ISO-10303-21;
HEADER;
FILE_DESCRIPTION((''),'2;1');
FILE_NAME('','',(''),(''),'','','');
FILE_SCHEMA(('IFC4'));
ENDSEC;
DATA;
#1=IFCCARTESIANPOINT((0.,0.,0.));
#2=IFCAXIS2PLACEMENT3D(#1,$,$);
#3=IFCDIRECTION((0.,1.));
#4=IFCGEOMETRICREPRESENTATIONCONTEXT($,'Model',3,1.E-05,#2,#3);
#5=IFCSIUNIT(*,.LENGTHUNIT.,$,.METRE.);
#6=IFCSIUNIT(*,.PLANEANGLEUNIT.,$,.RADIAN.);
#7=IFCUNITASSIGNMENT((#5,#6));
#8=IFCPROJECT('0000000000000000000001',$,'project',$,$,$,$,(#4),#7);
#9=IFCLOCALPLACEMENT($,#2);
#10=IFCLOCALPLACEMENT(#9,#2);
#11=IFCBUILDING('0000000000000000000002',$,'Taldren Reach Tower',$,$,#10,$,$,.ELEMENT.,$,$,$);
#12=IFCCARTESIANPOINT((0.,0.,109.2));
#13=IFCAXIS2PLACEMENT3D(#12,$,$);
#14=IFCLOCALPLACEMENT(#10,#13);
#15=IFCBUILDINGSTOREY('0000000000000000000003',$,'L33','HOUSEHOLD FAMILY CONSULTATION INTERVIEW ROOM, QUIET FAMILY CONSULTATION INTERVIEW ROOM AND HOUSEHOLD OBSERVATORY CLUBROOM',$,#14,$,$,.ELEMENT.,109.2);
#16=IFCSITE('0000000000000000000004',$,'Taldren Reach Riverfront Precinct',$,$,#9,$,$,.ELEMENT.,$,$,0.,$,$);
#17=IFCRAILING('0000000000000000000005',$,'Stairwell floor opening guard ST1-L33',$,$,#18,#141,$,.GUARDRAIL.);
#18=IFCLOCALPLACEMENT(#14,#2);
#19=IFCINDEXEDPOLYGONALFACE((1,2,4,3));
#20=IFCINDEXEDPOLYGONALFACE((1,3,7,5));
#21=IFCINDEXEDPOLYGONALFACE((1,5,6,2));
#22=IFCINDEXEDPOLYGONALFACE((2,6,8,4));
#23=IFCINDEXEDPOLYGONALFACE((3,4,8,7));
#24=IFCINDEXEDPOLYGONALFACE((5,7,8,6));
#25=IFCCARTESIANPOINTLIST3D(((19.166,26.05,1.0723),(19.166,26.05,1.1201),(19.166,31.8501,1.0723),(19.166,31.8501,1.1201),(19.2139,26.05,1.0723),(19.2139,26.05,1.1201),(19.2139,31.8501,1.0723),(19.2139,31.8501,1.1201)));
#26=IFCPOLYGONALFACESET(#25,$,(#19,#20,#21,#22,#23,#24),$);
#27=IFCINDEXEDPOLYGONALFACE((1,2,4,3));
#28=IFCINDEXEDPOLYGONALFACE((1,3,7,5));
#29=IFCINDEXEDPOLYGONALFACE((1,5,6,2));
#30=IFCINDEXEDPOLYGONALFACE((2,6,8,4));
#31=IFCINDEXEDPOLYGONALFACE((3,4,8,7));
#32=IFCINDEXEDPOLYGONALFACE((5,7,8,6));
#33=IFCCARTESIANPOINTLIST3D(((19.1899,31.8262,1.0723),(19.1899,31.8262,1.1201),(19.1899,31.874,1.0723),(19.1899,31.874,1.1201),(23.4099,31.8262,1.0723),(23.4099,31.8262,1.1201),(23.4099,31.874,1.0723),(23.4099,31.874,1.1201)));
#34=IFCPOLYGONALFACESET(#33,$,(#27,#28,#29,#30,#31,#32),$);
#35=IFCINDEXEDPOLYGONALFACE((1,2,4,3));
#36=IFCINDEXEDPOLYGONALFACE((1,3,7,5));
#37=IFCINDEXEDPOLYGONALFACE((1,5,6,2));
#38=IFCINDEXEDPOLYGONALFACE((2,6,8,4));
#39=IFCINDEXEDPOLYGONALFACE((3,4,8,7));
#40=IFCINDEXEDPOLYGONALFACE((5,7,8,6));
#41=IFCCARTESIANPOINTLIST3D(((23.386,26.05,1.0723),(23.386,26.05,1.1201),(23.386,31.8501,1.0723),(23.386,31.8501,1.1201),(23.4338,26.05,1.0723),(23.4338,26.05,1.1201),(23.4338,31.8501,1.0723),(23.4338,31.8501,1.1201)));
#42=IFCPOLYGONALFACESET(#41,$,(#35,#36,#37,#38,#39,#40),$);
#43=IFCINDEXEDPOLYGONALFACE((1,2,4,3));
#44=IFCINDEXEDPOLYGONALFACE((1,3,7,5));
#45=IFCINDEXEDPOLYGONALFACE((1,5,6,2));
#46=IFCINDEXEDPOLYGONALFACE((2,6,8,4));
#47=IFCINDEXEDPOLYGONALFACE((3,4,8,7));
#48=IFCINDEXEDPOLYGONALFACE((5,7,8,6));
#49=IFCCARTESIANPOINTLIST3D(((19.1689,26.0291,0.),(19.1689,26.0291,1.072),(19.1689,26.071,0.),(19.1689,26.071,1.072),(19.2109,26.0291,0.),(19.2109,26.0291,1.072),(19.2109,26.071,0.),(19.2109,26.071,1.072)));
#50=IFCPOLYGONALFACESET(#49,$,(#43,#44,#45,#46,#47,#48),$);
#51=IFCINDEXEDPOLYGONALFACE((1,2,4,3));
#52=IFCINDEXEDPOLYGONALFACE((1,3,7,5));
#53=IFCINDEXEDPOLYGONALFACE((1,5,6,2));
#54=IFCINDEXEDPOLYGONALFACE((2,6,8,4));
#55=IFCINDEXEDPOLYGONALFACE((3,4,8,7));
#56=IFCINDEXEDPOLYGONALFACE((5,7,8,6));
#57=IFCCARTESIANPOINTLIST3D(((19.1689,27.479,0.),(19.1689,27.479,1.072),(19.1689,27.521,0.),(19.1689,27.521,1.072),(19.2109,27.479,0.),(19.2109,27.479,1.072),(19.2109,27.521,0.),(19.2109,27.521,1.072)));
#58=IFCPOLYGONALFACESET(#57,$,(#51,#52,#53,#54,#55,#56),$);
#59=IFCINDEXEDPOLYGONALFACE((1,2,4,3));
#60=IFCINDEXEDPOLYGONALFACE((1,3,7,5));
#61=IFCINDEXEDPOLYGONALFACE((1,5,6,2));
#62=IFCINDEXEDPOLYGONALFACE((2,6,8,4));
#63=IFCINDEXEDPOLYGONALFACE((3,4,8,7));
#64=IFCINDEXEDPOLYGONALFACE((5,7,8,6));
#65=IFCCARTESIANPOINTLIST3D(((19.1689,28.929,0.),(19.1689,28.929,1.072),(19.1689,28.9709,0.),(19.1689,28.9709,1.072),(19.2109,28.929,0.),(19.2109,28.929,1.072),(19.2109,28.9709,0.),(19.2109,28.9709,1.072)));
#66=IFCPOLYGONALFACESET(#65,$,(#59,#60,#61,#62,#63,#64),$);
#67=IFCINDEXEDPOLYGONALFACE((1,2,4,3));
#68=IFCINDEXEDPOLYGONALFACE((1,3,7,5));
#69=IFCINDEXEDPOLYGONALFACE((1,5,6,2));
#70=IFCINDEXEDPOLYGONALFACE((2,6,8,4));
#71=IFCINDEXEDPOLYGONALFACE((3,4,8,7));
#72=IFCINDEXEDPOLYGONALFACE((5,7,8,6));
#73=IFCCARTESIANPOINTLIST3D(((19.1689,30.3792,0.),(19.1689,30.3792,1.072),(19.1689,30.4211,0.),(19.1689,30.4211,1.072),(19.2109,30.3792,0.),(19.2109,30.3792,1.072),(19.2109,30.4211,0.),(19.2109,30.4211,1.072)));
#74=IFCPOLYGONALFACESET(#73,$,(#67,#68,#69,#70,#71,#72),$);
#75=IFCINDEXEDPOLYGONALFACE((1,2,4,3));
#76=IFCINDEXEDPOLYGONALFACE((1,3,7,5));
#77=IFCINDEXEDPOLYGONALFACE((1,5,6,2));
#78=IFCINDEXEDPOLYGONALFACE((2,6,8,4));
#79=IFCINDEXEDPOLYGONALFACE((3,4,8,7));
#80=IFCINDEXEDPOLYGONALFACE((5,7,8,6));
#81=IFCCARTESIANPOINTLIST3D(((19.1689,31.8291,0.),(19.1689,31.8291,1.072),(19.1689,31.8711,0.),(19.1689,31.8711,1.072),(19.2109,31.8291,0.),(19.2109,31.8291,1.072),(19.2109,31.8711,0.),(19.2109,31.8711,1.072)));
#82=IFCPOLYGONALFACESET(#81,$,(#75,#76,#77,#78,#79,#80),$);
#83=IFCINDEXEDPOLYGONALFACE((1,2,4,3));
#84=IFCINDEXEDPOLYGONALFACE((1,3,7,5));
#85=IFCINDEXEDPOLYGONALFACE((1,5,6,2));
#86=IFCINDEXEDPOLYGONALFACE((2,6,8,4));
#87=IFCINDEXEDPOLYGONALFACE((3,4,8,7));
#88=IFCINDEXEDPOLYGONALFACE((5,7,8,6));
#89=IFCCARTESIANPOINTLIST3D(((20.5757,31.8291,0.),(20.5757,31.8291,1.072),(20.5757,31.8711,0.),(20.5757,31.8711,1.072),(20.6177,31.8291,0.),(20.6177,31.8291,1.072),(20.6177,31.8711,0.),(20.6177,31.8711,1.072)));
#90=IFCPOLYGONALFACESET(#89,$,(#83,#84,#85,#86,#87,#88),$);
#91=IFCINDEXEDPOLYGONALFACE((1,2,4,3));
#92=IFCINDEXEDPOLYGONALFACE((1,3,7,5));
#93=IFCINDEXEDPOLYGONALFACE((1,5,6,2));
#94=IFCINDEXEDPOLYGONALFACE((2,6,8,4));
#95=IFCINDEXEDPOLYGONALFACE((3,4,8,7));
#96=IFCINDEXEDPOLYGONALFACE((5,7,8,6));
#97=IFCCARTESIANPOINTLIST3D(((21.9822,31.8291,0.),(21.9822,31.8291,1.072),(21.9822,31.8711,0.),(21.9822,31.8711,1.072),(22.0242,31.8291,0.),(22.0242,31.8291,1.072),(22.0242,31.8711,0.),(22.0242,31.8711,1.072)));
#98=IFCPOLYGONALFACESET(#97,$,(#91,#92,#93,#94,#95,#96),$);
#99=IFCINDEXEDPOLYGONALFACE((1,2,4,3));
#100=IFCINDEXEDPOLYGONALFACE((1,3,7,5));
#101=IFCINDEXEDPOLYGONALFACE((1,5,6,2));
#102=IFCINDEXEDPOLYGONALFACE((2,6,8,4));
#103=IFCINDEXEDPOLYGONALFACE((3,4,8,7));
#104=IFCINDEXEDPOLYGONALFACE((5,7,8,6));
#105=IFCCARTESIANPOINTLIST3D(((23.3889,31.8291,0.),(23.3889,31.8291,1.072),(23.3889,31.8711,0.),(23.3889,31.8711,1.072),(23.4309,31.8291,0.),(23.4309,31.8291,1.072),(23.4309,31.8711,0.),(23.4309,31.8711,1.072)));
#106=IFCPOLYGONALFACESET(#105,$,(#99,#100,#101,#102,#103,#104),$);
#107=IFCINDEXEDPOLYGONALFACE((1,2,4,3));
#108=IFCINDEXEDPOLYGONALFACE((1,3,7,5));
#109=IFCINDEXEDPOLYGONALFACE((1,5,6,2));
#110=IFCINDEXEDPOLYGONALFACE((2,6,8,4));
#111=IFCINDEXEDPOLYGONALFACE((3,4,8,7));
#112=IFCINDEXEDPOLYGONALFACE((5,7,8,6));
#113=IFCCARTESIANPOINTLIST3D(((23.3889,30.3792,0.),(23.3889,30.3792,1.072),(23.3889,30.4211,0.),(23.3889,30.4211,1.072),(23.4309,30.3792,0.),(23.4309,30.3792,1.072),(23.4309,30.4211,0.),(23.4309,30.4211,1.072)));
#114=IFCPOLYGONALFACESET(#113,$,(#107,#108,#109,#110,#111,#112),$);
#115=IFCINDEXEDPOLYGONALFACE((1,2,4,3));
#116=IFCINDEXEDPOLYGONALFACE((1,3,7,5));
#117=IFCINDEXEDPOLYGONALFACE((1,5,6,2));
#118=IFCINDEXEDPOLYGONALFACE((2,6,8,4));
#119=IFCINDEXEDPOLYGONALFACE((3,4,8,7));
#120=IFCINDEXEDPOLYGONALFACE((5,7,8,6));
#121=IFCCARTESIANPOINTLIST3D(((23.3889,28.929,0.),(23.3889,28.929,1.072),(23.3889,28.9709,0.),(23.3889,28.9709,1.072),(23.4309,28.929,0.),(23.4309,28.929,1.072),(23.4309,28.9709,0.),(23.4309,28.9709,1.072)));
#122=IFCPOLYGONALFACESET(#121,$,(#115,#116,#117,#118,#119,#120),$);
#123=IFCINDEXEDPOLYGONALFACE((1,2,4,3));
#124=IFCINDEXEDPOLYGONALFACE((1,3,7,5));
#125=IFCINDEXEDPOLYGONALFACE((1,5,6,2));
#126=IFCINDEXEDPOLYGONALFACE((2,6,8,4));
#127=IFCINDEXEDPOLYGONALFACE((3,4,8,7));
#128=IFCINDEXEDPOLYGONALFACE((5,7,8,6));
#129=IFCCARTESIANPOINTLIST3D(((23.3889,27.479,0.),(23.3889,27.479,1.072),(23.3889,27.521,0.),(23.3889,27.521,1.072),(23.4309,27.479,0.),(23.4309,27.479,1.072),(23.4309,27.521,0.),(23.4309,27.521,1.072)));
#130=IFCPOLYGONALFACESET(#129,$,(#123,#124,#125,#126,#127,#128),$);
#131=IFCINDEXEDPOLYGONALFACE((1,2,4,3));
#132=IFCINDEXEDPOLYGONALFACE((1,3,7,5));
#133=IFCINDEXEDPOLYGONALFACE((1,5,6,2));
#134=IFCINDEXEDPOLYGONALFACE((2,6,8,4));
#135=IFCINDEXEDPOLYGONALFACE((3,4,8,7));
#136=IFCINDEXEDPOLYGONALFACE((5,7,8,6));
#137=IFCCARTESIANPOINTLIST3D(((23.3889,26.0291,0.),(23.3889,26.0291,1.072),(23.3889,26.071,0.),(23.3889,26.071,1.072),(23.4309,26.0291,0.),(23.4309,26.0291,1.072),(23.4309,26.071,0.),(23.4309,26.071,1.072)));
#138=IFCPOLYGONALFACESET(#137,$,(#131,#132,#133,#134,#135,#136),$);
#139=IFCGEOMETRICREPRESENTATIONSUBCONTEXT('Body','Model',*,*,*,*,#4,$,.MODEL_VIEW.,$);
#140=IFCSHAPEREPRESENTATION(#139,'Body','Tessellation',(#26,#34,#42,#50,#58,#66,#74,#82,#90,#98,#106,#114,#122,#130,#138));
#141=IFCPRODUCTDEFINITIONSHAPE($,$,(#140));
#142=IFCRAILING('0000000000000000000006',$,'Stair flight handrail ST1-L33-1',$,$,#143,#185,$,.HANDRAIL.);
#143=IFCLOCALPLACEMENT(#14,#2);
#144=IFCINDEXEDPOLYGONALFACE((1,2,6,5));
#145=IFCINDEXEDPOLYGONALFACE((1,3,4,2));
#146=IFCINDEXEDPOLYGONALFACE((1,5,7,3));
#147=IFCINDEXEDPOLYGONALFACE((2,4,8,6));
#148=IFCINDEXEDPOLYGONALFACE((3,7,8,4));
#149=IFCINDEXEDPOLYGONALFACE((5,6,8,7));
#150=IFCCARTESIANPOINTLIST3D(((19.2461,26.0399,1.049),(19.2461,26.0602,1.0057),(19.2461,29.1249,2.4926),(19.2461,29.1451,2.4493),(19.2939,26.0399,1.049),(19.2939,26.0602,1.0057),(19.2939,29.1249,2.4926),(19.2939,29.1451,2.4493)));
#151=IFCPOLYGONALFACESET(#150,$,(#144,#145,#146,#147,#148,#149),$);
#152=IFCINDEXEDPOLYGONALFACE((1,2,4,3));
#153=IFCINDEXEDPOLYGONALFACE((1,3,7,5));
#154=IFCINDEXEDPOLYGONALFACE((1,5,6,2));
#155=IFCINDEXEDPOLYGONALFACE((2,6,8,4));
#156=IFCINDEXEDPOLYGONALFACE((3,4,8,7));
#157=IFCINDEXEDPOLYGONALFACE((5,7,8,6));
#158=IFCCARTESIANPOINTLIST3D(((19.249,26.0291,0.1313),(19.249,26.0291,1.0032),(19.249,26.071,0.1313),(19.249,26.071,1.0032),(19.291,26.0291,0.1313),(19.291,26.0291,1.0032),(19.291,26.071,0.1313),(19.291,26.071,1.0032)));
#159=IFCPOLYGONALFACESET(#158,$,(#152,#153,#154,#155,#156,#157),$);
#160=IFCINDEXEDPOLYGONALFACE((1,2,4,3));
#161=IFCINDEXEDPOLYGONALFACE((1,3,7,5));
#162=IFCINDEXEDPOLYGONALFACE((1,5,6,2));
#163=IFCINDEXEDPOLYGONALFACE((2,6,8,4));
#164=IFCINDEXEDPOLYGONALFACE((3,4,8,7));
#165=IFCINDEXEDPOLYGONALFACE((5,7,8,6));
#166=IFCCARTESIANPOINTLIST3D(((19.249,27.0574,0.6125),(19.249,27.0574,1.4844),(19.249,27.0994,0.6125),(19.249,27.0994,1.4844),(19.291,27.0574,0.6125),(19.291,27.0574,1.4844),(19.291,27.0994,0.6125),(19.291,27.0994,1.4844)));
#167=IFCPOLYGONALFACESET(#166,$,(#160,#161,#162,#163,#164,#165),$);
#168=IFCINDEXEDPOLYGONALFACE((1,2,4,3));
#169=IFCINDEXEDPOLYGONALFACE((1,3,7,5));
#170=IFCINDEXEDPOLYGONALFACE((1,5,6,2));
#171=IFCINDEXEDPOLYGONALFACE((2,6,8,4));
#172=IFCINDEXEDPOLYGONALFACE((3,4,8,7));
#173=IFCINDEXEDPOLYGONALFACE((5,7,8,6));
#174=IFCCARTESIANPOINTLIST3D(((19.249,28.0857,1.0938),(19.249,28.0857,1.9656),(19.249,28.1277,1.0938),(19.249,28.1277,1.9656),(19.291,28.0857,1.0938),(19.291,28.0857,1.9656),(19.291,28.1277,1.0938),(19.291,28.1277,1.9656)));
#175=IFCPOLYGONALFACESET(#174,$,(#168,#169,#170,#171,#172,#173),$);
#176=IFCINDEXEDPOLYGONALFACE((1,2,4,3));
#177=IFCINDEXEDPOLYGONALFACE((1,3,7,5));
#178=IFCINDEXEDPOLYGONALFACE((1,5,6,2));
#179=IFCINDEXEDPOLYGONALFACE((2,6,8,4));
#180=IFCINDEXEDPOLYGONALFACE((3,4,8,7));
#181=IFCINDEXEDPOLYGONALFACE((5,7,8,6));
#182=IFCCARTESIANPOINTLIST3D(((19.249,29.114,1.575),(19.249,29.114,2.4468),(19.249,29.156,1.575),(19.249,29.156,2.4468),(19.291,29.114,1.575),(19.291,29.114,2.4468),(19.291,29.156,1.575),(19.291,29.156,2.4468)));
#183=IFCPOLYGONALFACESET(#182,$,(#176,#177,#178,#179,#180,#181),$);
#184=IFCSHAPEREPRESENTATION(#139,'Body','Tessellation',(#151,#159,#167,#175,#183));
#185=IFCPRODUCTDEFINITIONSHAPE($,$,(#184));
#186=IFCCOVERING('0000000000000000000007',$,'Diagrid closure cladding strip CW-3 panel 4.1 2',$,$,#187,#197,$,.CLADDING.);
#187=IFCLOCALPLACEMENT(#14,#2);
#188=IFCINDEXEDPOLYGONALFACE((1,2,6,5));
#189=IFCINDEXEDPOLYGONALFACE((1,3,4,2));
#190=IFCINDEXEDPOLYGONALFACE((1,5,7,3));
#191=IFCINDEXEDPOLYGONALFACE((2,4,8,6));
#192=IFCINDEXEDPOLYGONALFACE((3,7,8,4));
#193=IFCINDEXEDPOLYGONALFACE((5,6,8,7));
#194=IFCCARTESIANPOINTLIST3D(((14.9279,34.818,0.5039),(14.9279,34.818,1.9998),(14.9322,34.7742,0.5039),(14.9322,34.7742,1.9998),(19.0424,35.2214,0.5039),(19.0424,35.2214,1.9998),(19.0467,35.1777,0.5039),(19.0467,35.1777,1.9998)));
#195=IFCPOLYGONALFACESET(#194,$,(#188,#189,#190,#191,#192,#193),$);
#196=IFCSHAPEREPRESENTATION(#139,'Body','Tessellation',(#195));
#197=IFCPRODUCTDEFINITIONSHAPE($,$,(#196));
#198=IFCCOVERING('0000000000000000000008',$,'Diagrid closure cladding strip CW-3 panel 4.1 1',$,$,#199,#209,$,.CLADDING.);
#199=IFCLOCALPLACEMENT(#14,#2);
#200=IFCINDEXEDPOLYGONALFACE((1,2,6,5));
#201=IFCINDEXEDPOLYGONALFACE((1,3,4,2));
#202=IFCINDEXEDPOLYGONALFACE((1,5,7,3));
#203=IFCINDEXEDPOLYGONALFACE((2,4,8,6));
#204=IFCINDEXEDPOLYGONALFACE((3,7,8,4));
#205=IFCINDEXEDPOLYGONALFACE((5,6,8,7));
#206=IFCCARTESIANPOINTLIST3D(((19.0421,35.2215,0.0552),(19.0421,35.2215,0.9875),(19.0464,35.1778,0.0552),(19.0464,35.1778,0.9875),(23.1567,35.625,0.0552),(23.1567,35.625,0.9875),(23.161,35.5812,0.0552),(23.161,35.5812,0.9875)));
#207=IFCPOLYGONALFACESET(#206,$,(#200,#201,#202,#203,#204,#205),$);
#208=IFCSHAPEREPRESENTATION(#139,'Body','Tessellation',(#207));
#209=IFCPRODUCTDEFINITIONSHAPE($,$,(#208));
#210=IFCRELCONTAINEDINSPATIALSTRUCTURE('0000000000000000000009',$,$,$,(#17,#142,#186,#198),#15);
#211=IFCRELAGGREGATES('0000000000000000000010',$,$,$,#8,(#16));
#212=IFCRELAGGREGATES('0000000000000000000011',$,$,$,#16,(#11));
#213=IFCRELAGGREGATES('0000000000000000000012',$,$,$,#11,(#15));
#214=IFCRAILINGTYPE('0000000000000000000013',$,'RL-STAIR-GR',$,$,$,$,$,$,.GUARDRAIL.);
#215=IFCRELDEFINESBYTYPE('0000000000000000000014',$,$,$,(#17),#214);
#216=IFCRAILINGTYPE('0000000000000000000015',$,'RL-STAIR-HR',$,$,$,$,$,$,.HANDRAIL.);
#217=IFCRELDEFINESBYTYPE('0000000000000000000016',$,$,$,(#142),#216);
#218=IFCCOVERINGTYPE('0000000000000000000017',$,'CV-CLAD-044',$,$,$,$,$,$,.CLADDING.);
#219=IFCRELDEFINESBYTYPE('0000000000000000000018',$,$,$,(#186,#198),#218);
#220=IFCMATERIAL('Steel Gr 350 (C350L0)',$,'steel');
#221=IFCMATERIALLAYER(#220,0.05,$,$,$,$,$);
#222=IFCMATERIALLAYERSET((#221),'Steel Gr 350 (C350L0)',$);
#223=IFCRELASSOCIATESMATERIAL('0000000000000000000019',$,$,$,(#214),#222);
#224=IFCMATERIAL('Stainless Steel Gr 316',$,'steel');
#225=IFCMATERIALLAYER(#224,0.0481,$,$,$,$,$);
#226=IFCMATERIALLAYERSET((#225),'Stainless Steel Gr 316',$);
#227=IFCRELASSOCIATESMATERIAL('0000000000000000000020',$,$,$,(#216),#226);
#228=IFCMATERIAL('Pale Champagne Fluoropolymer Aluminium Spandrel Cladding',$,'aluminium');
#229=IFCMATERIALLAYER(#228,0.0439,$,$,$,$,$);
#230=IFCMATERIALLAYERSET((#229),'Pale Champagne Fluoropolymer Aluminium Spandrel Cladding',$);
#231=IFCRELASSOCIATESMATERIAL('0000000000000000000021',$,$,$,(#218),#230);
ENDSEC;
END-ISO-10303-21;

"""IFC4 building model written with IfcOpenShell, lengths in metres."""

from ifc_helpers import new_model, si_unit, direction, frame, origin, origin_2d, place, context, subcontext, project, spatial, rectangle, extrude, source, transform, mapped, material, layer, layer_set, type_object, element, save


model = new_model("IFC4")

# Units and contexts
model_context = context("Model", 3, precision=1e-05, world=origin(), true_north=direction((0.0, 1.0)))
body_context = subcontext(model_context, "Body", "Model", "MODEL_VIEW")
ifc_project = project(units=[si_unit("LENGTHUNIT", "METRE"), si_unit("PLANEANGLEUNIT", "RADIAN")], contexts=[model_context])

# Site, building, storey
site_placement = place(None, origin())
site = spatial("IfcSite", under=ifc_project, at=site_placement, Name="Taldren Reach Riverfront Precinct", CompositionType="ELEMENT", RefElevation=0.0)
building_placement = place(site_placement, origin())
building = spatial("IfcBuilding", under=site, at=building_placement, Name="Taldren Reach Tower", CompositionType="ELEMENT")
storey_placement = place(building_placement, frame((0.0, 0.0, 109.2)))
storey = spatial("IfcBuildingStorey", under=building, at=storey_placement, Name="L33", Description="HOUSEHOLD FAMILY CONSULTATION INTERVIEW ROOM, QUIET FAMILY CONSULTATION INTERVIEW ROOM AND HOUSEHOLD OBSERVATORY CLUBROOM", CompositionType="ELEMENT", Elevation=109.2)

# Shared definitions
ifc_material_1 = material(Name="Steel Gr 350 (C350L0)", Category="steel")

# Railings
ifc_layer_1 = layer(ifc_material_1, 0.05)
ifc_layer_set_1 = layer_set([ifc_layer_1], Name="Steel Gr 350 (C350L0)")
railing_type_1 = type_object("IfcRailingType", Name="RL-STAIR-GR", PredefinedType="GUARDRAIL", material=ifc_layer_set_1)
railing_1_placement = place(storey_placement, frame((19.1899, 26.05, 0.0)))
element("IfcRailing", 1, at=railing_1_placement, inside=storey, type_object=railing_type_1, Name="Stairwell floor opening guard ST1-L33", PredefinedType="GUARDRAIL", context=body_context, shape_type="SweptSolid", body=[
    extrude(rectangle(XDim=0.0479, YDim=0.0479, at=origin_2d()), frame((0.0, 0.0, 1.0962), z_axis=(0.0, 1.0, 0.0), x_axis=(-1.0, 0.0, 0.0)), (0.0, 0.0, 1.0), 5.8),
    extrude(rectangle(XDim=0.0479, YDim=0.0479, at=origin_2d()), frame((0.0, 5.8, 1.0962), z_axis=(1.0, 0.0, 0.0), x_axis=(0.0, 1.0, 0.0)), (0.0, 0.0, 1.0), 4.22),
    extrude(rectangle(XDim=0.0479, YDim=0.0479, at=origin_2d()), frame((4.22, 5.8, 1.0962), z_axis=(0.0, -1.0, 0.0), x_axis=(1.0, 0.0, 0.0)), (0.0, 0.0, 1.0), 5.8),
    extrude(rectangle(XDim=0.042, YDim=0.042, at=origin_2d()), origin(), (0.0, 0.0, 1.0), 1.072),
    extrude(rectangle(XDim=0.042, YDim=0.042, at=origin_2d()), frame((0.0, 1.45, 0.0)), (0.0, 0.0, 1.0), 1.072),
    extrude(rectangle(XDim=0.042, YDim=0.042, at=origin_2d()), frame((0.0, 2.8999, 0.0)), (0.0, 0.0, 1.0), 1.072),
    extrude(rectangle(XDim=0.042, YDim=0.042, at=origin_2d()), frame((0.0, 4.3501, 0.0)), (0.0, 0.0, 1.0), 1.072),
    extrude(rectangle(XDim=0.042, YDim=0.042, at=origin_2d()), frame((0.0, 5.8, 0.0)), (0.0, 0.0, 1.0), 1.072),
    extrude(rectangle(XDim=0.042, YDim=0.042, at=origin_2d()), frame((1.4067, 5.8, 0.0)), (0.0, 0.0, 1.0), 1.072),
    extrude(rectangle(XDim=0.042, YDim=0.042, at=origin_2d()), frame((2.8132, 5.8, 0.0)), (0.0, 0.0, 1.0), 1.072),
    extrude(rectangle(XDim=0.042, YDim=0.042, at=origin_2d()), frame((4.22, 5.8, 0.0)), (0.0, 0.0, 1.0), 1.072),
    extrude(rectangle(XDim=0.042, YDim=0.042, at=origin_2d()), frame((4.22, 4.3501, 0.0)), (0.0, 0.0, 1.0), 1.072),
    extrude(rectangle(XDim=0.042, YDim=0.042, at=origin_2d()), frame((4.22, 2.8999, 0.0)), (0.0, 0.0, 1.0), 1.072),
    extrude(rectangle(XDim=0.042, YDim=0.042, at=origin_2d()), frame((4.22, 1.45, 0.0)), (0.0, 0.0, 1.0), 1.072),
    extrude(rectangle(XDim=0.042, YDim=0.042, at=origin_2d()), frame((4.22, 0.0, 0.0)), (0.0, 0.0, 1.0), 1.072),
])
ifc_material_2 = material(Name="Stainless Steel Gr 316", Category="steel")
ifc_layer_2 = layer(ifc_material_2, 0.0481)
ifc_layer_set_2 = layer_set([ifc_layer_2], Name="Stainless Steel Gr 316")
railing_type_2 = type_object("IfcRailingType", Name="RL-STAIR-HR", PredefinedType="HANDRAIL", material=ifc_layer_set_2)
railing_2_placement = place(storey_placement, frame((19.27, 26.05, 0.1313)))
element("IfcRailing", 2, at=railing_2_placement, inside=storey, type_object=railing_type_2, Name="Stair flight handrail ST1-L33-1", PredefinedType="HANDRAIL", context=body_context, shape_type="SweptSolid", body=[
    extrude(rectangle(XDim=0.0479, YDim=0.0479, at=origin_2d()), frame((0.0, 0.0, 0.896), z_axis=(0.0, 0.905738, 0.423839), x_axis=(-1.0, 0.0, 0.0)), (0.0, 0.0, 1.0), 3.406),
    extrude(rectangle(XDim=0.042, YDim=0.042, at=origin_2d()), origin(), (0.0, 0.0, 1.0), 0.8718),
    extrude(rectangle(XDim=0.042, YDim=0.042, at=origin_2d()), frame((0.0, 1.0283, 0.4812)), (0.0, 0.0, 1.0), 0.8718),
    extrude(rectangle(XDim=0.042, YDim=0.042, at=origin_2d()), frame((0.0, 2.0566, 0.9624)), (0.0, 0.0, 1.0), 0.8718),
    extrude(rectangle(XDim=0.042, YDim=0.042, at=origin_2d()), frame((0.0, 3.085, 1.4436)), (0.0, 0.0, 1.0), 0.8718),
])

# Coverings
ifc_material_3 = material(Name="Pale Champagne Fluoropolymer Aluminium Spandrel Cladding", Category="aluminium")
ifc_layer_3 = layer(ifc_material_3, 0.0439)
ifc_layer_set_3 = layer_set([ifc_layer_3], Name="Pale Champagne Fluoropolymer Aluminium Spandrel Cladding")
covering_type = type_object("IfcCoveringType", Name="CV-CLAD-044", PredefinedType="CLADDING", material=ifc_layer_set_3)
shared_shape_1 = source(origin(), body_context, "Body", "SweptSolid", [
    extrude(rectangle(XDim=4.1343, YDim=0.0439, at=origin_2d()), origin(), (0.0, 0.0, 1.0), 1.4958),
])
covering_1_placement = place(storey_placement, frame((16.9873, 34.9978, 0.5039), z_axis=(0.0, 0.0, 1.0), x_axis=(-0.995227, -0.097583, 0.0)))
element("IfcCovering", 3, at=covering_1_placement, inside=storey, type_object=covering_type, Name="Diagrid closure cladding strip CW-3 panel 4.1 2", PredefinedType="CLADDING", context=body_context, shape_type="MappedRepresentation", body=[
    mapped(shared_shape_1, transform((0.0, 0.0, 0.0), scale=1.0)),
])
shared_shape_2 = source(origin(), body_context, "Body", "SweptSolid", [
    extrude(rectangle(XDim=4.1343, YDim=0.0439, at=origin_2d()), origin(), (0.0, 0.0, 1.0), 0.9324),
])
covering_2_placement = place(storey_placement, frame((21.1016, 35.4014, 0.0552), z_axis=(0.0, 0.0, 1.0), x_axis=(-0.995227, -0.097583, 0.0)))
element("IfcCovering", 4, at=covering_2_placement, inside=storey, type_object=covering_type, Name="Diagrid closure cladding strip CW-3 panel 4.1 1", PredefinedType="CLADDING", context=body_context, shape_type="MappedRepresentation", body=[
    mapped(shared_shape_2, transform((0.0, 0.0, 0.0), scale=1.0)),
])

save(model, "model.ifc")
